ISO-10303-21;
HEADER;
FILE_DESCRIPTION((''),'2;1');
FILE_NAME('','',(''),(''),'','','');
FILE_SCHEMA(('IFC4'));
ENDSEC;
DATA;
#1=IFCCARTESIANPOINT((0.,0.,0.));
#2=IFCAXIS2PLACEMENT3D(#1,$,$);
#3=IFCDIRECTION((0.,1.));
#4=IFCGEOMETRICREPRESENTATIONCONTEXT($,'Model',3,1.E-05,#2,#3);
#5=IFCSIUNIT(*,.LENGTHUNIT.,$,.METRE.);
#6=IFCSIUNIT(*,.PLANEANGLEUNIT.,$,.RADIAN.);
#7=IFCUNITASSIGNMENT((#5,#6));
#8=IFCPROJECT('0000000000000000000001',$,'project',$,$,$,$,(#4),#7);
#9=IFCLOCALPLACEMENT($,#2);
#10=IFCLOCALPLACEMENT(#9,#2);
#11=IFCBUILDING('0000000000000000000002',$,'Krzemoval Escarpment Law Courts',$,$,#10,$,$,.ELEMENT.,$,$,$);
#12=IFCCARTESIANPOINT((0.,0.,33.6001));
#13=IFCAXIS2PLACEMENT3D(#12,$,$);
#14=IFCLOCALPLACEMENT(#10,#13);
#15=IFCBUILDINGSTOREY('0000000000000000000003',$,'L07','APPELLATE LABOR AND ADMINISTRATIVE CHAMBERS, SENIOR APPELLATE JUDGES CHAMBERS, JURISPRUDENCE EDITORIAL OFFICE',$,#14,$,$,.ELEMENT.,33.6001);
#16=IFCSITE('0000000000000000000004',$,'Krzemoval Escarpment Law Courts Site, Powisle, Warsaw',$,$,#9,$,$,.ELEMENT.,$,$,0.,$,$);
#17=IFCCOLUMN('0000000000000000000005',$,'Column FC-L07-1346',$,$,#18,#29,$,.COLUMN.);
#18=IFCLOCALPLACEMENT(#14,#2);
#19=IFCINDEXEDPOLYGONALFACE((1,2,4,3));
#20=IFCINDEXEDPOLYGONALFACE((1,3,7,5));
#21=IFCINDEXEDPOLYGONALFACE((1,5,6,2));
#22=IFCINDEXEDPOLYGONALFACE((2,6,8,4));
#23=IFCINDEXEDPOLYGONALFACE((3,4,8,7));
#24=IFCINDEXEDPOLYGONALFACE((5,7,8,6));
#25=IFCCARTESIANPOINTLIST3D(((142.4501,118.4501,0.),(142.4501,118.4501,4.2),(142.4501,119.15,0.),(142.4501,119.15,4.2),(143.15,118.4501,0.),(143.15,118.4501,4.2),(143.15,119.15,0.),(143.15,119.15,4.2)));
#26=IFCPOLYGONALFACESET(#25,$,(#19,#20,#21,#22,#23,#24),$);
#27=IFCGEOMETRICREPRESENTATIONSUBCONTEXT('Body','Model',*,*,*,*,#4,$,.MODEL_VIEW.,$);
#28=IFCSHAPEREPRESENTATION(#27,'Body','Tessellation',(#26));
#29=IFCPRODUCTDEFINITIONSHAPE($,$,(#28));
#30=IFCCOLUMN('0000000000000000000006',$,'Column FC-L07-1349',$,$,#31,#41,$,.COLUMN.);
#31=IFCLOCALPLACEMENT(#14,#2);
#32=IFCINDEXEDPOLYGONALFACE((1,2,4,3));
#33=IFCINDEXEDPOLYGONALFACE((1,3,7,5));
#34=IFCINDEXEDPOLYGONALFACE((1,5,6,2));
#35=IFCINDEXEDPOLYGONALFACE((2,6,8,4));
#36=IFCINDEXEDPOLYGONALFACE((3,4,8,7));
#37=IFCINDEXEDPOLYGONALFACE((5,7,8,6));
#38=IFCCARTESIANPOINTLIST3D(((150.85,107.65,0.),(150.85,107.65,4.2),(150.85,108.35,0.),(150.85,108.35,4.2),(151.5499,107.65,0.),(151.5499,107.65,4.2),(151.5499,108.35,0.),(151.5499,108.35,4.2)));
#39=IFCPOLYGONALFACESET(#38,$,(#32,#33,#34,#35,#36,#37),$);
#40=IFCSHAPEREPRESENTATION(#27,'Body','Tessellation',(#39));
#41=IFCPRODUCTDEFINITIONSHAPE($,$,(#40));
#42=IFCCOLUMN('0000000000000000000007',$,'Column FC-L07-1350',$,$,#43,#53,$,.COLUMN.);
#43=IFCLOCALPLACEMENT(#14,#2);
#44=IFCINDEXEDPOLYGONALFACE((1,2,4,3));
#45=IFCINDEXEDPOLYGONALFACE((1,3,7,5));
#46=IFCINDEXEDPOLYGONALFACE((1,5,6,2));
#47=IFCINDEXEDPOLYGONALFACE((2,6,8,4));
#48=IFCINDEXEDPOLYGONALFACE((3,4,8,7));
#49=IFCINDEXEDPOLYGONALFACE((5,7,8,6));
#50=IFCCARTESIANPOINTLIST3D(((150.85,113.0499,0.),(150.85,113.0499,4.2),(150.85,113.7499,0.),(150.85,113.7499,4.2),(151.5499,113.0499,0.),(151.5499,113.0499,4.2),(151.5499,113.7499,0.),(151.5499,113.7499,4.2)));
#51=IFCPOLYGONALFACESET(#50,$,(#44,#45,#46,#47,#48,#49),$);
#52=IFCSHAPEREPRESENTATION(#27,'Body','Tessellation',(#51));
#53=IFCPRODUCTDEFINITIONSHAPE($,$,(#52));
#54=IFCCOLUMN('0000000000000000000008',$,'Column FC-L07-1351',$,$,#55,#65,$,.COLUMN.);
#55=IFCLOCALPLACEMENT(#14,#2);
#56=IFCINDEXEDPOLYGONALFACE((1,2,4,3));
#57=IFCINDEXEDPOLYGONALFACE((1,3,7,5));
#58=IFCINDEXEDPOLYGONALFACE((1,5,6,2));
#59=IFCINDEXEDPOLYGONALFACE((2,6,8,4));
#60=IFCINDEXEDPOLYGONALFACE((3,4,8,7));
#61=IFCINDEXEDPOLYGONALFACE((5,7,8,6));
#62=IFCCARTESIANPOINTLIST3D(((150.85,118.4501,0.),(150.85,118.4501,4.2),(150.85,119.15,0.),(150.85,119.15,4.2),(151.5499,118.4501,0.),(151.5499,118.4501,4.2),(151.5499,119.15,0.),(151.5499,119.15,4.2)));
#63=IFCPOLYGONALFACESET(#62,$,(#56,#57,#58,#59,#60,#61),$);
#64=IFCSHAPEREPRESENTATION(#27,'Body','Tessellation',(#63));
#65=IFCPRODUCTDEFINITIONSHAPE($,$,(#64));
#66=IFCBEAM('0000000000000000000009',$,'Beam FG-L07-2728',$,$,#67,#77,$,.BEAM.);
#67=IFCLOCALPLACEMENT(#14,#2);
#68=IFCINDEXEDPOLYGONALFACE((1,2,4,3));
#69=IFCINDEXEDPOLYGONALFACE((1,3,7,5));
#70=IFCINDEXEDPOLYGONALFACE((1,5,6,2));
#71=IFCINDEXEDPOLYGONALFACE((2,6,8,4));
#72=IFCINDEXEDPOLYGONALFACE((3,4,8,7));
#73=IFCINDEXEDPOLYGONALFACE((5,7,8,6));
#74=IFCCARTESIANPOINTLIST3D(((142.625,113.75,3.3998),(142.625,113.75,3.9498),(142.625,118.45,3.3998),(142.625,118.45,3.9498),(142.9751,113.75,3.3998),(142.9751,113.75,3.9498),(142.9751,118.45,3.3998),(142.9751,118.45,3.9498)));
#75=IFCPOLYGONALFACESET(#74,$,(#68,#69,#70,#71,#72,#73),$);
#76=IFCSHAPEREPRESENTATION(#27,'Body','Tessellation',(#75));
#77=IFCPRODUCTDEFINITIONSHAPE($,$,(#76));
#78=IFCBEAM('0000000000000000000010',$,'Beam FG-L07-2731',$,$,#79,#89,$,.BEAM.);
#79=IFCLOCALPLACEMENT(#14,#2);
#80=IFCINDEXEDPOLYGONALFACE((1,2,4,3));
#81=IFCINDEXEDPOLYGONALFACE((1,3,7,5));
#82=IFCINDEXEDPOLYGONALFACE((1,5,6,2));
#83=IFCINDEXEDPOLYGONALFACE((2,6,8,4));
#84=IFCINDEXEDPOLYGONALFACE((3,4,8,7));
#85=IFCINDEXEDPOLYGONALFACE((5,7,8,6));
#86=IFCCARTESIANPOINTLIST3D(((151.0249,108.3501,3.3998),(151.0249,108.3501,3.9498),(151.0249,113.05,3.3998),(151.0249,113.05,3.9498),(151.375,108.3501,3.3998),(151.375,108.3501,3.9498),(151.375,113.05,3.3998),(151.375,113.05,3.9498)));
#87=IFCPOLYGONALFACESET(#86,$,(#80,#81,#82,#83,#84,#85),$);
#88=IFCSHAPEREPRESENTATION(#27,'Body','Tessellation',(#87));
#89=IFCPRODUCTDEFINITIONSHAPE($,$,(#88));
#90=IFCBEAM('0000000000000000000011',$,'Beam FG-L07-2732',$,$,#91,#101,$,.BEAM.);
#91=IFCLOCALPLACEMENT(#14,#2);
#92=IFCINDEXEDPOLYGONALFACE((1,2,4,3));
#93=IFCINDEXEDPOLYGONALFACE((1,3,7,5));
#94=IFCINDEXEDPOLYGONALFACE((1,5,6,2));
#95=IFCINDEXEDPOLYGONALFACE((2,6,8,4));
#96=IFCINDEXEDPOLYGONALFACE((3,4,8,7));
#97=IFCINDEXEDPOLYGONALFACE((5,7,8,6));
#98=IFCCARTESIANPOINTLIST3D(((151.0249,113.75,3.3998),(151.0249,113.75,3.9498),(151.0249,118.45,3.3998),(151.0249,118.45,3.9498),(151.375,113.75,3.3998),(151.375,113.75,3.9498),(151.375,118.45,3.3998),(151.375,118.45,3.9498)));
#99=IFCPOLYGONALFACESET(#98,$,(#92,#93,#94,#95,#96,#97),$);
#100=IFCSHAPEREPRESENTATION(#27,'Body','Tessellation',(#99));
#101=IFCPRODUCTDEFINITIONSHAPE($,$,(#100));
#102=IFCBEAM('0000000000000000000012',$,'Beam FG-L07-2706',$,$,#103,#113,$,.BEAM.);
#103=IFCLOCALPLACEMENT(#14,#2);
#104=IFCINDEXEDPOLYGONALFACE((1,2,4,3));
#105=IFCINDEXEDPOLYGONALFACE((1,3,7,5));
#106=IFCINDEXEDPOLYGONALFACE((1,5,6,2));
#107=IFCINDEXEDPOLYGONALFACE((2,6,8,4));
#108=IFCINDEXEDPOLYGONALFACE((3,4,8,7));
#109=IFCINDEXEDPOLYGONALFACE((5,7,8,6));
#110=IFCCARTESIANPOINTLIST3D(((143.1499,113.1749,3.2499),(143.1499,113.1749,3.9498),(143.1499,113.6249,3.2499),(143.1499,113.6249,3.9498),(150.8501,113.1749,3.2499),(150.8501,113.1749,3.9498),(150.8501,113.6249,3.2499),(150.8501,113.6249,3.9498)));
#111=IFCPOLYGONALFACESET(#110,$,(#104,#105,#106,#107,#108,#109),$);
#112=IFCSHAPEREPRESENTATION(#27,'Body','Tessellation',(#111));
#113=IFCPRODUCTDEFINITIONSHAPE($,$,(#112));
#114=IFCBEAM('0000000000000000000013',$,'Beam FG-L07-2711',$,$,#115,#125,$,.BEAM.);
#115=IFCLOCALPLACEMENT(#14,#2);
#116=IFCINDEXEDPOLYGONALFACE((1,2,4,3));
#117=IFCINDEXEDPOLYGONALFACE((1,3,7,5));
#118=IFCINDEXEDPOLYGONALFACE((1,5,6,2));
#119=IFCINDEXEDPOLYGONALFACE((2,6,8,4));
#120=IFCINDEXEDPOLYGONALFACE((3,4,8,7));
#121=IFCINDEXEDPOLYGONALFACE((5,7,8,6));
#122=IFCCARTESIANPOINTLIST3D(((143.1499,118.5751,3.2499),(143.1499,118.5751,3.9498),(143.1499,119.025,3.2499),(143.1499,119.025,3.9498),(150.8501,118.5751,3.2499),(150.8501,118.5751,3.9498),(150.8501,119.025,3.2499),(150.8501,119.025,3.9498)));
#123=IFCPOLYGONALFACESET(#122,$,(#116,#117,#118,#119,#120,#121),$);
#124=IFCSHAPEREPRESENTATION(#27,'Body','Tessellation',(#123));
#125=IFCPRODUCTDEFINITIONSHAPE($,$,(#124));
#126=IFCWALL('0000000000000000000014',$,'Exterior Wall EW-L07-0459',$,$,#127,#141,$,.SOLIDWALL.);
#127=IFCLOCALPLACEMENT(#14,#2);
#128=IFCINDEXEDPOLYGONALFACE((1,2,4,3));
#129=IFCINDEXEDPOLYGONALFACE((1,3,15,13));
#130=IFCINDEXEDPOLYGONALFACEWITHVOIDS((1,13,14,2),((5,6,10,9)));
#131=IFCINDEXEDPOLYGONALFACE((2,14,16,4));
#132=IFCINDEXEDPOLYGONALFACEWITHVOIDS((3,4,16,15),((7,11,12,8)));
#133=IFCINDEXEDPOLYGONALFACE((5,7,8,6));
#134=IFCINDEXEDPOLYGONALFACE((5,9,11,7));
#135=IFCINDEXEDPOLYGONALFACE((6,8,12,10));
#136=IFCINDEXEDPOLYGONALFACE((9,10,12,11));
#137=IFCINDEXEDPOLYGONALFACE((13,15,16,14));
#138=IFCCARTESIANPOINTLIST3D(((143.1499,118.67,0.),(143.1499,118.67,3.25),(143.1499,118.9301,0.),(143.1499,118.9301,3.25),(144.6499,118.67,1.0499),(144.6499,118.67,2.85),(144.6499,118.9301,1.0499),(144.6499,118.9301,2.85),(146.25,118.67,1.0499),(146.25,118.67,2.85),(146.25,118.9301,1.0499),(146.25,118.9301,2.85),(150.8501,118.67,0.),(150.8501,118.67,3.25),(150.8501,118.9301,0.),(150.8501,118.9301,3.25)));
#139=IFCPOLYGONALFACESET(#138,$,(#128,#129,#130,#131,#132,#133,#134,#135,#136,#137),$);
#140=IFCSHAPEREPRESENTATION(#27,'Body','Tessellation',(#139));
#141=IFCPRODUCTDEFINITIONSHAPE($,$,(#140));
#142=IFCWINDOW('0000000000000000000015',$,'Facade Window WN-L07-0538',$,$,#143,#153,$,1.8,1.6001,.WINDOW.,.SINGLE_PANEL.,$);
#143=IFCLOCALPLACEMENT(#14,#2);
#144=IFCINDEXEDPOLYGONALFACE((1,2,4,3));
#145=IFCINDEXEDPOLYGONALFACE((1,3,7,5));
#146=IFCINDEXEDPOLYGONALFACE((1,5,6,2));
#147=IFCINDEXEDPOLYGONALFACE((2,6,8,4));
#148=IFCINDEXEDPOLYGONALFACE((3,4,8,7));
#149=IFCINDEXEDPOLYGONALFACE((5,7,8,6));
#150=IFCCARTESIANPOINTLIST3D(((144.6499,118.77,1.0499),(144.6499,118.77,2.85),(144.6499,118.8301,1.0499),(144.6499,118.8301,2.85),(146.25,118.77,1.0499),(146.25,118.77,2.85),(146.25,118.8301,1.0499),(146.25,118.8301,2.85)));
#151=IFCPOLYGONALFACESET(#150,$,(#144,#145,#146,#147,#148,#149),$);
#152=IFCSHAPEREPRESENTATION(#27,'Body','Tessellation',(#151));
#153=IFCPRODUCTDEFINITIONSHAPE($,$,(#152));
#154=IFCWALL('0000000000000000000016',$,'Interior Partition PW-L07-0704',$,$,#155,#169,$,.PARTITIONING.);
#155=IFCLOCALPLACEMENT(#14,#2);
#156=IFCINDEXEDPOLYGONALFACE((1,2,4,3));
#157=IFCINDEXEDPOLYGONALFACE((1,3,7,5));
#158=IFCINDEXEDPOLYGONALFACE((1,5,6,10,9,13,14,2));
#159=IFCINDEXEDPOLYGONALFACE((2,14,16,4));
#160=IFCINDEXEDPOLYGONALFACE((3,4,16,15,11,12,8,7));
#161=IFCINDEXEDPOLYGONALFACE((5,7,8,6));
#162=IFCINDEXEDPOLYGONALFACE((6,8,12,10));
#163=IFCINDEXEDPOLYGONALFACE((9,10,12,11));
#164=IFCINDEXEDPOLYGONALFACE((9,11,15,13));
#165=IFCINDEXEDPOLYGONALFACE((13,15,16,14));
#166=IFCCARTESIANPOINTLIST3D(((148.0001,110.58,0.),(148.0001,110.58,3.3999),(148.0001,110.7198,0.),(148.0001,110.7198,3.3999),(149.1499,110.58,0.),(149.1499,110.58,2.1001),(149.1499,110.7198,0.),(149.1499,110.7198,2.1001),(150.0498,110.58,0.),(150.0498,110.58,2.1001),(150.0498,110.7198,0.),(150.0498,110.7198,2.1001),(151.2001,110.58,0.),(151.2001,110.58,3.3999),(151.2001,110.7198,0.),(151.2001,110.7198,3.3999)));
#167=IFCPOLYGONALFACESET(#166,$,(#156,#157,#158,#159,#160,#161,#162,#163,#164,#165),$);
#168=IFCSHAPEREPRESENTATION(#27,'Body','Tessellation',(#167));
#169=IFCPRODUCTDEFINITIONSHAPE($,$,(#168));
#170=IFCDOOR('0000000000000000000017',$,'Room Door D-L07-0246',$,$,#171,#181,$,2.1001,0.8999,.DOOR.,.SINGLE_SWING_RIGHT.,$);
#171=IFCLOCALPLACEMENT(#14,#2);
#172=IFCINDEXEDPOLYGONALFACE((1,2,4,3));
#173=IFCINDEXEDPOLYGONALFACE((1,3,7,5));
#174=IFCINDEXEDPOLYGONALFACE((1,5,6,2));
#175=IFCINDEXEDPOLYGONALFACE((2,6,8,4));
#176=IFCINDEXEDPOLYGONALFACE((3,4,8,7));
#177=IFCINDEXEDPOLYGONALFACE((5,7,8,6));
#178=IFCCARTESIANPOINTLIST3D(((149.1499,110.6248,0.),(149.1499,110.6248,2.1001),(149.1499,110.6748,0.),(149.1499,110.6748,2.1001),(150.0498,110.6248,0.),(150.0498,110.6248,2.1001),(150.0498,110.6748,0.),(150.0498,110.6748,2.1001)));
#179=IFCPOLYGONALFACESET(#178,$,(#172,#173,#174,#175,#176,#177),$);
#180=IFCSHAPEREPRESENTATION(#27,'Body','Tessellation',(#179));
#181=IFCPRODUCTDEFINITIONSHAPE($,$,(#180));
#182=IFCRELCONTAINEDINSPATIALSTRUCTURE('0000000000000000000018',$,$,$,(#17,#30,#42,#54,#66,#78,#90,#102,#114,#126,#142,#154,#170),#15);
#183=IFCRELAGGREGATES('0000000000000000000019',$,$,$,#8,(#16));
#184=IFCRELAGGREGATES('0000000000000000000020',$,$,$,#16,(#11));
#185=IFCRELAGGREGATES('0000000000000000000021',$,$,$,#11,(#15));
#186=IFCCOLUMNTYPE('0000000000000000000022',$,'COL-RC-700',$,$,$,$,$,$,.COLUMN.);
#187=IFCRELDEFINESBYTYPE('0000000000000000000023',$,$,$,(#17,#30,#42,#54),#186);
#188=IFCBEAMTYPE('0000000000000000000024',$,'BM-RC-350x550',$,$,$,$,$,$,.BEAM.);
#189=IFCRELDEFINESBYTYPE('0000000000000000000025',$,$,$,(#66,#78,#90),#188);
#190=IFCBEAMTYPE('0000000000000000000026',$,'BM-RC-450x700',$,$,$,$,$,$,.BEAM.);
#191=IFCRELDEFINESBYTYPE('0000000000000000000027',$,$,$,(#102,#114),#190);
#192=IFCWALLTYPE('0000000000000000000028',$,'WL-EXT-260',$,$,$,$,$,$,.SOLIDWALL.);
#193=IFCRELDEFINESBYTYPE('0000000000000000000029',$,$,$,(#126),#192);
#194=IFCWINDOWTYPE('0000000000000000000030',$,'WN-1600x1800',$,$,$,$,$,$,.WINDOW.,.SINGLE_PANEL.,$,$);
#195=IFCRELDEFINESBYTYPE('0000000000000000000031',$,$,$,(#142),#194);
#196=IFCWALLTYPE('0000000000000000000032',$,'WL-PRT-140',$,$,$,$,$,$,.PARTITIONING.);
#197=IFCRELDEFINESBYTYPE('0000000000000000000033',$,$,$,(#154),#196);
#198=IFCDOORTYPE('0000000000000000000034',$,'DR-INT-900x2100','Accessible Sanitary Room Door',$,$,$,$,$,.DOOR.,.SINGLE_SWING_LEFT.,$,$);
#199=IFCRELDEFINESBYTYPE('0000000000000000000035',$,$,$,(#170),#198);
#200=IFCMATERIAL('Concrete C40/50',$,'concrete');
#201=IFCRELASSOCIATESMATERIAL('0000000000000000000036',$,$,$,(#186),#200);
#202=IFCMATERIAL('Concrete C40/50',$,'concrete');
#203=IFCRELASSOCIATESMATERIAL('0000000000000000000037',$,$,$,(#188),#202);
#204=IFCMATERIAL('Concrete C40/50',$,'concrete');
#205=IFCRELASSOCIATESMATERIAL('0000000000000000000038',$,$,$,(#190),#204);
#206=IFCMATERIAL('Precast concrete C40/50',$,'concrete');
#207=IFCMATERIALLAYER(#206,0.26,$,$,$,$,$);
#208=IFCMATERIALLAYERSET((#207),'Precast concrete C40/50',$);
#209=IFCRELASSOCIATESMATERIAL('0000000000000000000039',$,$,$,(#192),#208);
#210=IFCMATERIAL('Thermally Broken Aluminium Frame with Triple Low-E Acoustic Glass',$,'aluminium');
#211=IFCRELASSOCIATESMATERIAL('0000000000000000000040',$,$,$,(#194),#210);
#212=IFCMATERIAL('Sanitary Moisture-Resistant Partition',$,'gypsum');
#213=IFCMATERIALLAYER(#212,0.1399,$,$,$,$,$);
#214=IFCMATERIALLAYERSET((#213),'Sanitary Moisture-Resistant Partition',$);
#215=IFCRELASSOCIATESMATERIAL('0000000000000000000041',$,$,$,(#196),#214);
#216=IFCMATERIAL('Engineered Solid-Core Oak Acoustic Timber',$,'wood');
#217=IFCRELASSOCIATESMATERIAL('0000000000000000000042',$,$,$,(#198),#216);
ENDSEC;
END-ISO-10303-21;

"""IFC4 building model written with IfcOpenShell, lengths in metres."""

from ifc_helpers import new_model, si_unit, direction, frame, frame_2d, origin, origin_2d, place, context, subcontext, project, spatial, rectangle, extrude, material, layer, layer_set, material_profile, profile_set, type_object, element, fill, save


model = new_model("IFC4")

# Units and contexts
model_context = context("Model", 3, precision=1e-05, world=origin(), true_north=direction((0.0, 1.0)))
body_context = subcontext(model_context, "Body", "Model", "MODEL_VIEW")
ifc_project = project(units=[si_unit("LENGTHUNIT", "METRE"), si_unit("PLANEANGLEUNIT", "RADIAN")], contexts=[model_context])

# Site, building, storey
site_placement = place(None, origin())
site = spatial("IfcSite", under=ifc_project, at=site_placement, Name="Krzemoval Escarpment Law Courts Site, Powisle, Warsaw", CompositionType="ELEMENT", RefElevation=0.0)
building_placement = place(site_placement, origin())
building = spatial("IfcBuilding", under=site, at=building_placement, Name="Krzemoval Escarpment Law Courts", CompositionType="ELEMENT")
storey_placement = place(building_placement, frame((0.0, 0.0, 33.6001)))
storey = spatial("IfcBuildingStorey", under=building, at=storey_placement, Name="L07", Description="APPELLATE LABOR AND ADMINISTRATIVE CHAMBERS, SENIOR APPELLATE JUDGES CHAMBERS, JURISPRUDENCE EDITORIAL OFFICE", CompositionType="ELEMENT", Elevation=33.6001)

# Columns
ifc_material_1 = material(Name="Concrete C40/50", Category="concrete")
ifc_material_profile_1 = material_profile(ifc_material_1, rectangle(XDim=0.7, YDim=0.7, at=origin_2d()), Name="RC 700x700")
ifc_profile_set_1 = profile_set([ifc_material_profile_1], Name="Concrete C40/50")
column_type = type_object("IfcColumnType", Name="COL-RC-700", PredefinedType="COLUMN", material=ifc_profile_set_1)
for number, where, z_axis, x_axis, name in (
    (1, (142.8, 118.8, 0.0), (0.0, 0.0, 1.0), (1.0, 0.0, 0.0), "Column FC-L07-1346"),
    (2, (151.2, 108.0, 0.0), (0.0, 0.0, 1.0), (1.0, 0.0, 0.0), "Column FC-L07-1349"),
    (3, (151.2, 113.3999, 0.0), (0.0, 0.0, 1.0), (1.0, 0.0, 0.0), "Column FC-L07-1350"),
    (4, (151.2, 118.8, 0.0), (0.0, 0.0, 1.0), (1.0, 0.0, 0.0), "Column FC-L07-1351"),
):
    element("IfcColumn", number, at=place(storey_placement, frame(where, z_axis=z_axis, x_axis=x_axis)), inside=storey, type_object=column_type, Name=name, PredefinedType="COLUMN", context=body_context, shape_type="SweptSolid", body=[
        extrude(rectangle(XDim=0.7, YDim=0.7, at=origin_2d()), origin(), (0.0, 0.0, 1.0), 4.2),
    ])

# Beams
ifc_material_2 = material(Name="Concrete C40/50", Category="concrete")
ifc_material_profile_2 = material_profile(ifc_material_2, rectangle(XDim=0.3501, YDim=0.55, at=origin_2d()), Name="RCB 350x550")
ifc_profile_set_2 = profile_set([ifc_material_profile_2], Name="Concrete C40/50")
beam_type_1 = type_object("IfcBeamType", Name="BM-RC-350x550", PredefinedType="BEAM", material=ifc_profile_set_2)
for number, where, z_axis, x_axis, name in (
    (5, (142.8, 113.75, 3.6748), (0.0, 1.0, 0.0), (-1.0, 0.0, 0.0), "Beam FG-L07-2728"),
    (6, (151.2, 108.3501, 3.6748), (0.0, 1.0, 0.0), (-1.0, 0.0, 0.0), "Beam FG-L07-2731"),
    (7, (151.2, 113.75, 3.6748), (0.0, 1.0, 0.0), (-1.0, 0.0, 0.0), "Beam FG-L07-2732"),
):
    element("IfcBeam", number, at=place(storey_placement, frame(where, z_axis=z_axis, x_axis=x_axis)), inside=storey, type_object=beam_type_1, Name=name, PredefinedType="BEAM", context=body_context, shape_type="SweptSolid", body=[
        extrude(rectangle(XDim=0.3501, YDim=0.55, at=origin_2d()), origin(), (0.0, 0.0, 1.0), 4.7),
    ])
ifc_material_3 = material(Name="Concrete C40/50", Category="concrete")
ifc_material_profile_3 = material_profile(ifc_material_3, rectangle(XDim=0.45, YDim=0.7, at=origin_2d()), Name="RCB 450x700")
ifc_profile_set_3 = profile_set([ifc_material_profile_3], Name="Concrete C40/50")
beam_type_2 = type_object("IfcBeamType", Name="BM-RC-450x700", PredefinedType="BEAM", material=ifc_profile_set_3)
for number, where, z_axis, x_axis, name in (
    (8, (143.1499, 113.3999, 3.5999), (1.0, 0.0, 0.0), (0.0, 1.0, 0.0), "Beam FG-L07-2706"),
    (9, (143.1499, 118.8, 3.5999), (1.0, 0.0, 0.0), (0.0, 1.0, 0.0), "Beam FG-L07-2711"),
):
    element("IfcBeam", number, at=place(storey_placement, frame(where, z_axis=z_axis, x_axis=x_axis)), inside=storey, type_object=beam_type_2, Name=name, PredefinedType="BEAM", context=body_context, shape_type="SweptSolid", body=[
        extrude(rectangle(XDim=0.45, YDim=0.7, at=origin_2d()), origin(), (0.0, 0.0, 1.0), 7.7002),
    ])

# Wall, opening, window
ifc_material_4 = material(Name="Precast concrete C40/50", Category="concrete")
ifc_layer_1 = layer(ifc_material_4, 0.26)
ifc_layer_set_1 = layer_set([ifc_layer_1], Name="Precast concrete C40/50")
wall_type_1 = type_object("IfcWallType", Name="WL-EXT-260", PredefinedType="SOLIDWALL", material=ifc_layer_set_1)
wall_1_placement = place(storey_placement, frame((143.1499, 118.8, 0.0), z_axis=(0.0, 0.0, 1.0), x_axis=(1.0, 0.0, 0.0)))
wall_1 = element("IfcWall", 10, at=wall_1_placement, inside=storey, type_object=wall_type_1, Name="Exterior Wall EW-L07-0459", PredefinedType="SOLIDWALL", context=body_context, shape_type="SweptSolid", body=[
    extrude(rectangle(XDim=7.7002, YDim=0.26, at=frame_2d((3.8501, 0.0))), origin(), (0.0, 0.0, 1.0), 3.25),
])
opening_1_placement = place(wall_1_placement, frame((1.5, 0.0, 1.05)))
opening_1 = element("IfcOpeningElement", 11, at=opening_1_placement, cuts=wall_1, PredefinedType="OPENING", context=body_context, shape_type="SweptSolid", body=[
    extrude(rectangle(XDim=1.6001, YDim=1.8, at=frame_2d((0.8, 0.8999))), frame((0.0, 0.145, 0.0), z_axis=(0.0, -1.0, 0.0), x_axis=(1.0, 0.0, 0.0)), (0.0, 0.0, 1.0), 0.29),
])
ifc_material_5 = material(Name="Thermally Broken Aluminium Frame with Triple Low-E Acoustic Glass", Category="aluminium")
window_type = type_object("IfcWindowType", Name="WN-1600x1800", PartitioningType="SINGLE_PANEL", PredefinedType="WINDOW", material=ifc_material_5)
window_placement = place(opening_1_placement, origin())
window = element("IfcWindow", 12, at=window_placement, inside=storey, type_object=window_type, Name="Facade Window WN-L07-0538", OverallHeight=1.8, OverallWidth=1.6001, PartitioningType="SINGLE_PANEL", PredefinedType="WINDOW", context=body_context, shape_type="SweptSolid", body=[
    extrude(rectangle(XDim=1.6001, YDim=1.8, at=frame_2d((0.8, 0.8999))), frame((0.0, 0.03, 0.0), z_axis=(0.0, -1.0, 0.0), x_axis=(1.0, 0.0, 0.0)), (0.0, 0.0, 1.0), 0.0601),
])
fill(opening_1, window)

# Wall, opening, door
ifc_material_6 = material(Name="Sanitary Moisture-Resistant Partition", Category="gypsum")
ifc_layer_2 = layer(ifc_material_6, 0.1399)
ifc_layer_set_2 = layer_set([ifc_layer_2], Name="Sanitary Moisture-Resistant Partition")
wall_type_2 = type_object("IfcWallType", Name="WL-PRT-140", PredefinedType="PARTITIONING", material=ifc_layer_set_2)
wall_2_placement = place(storey_placement, frame((148.0, 110.6499, 0.0), z_axis=(0.0, 0.0, 1.0), x_axis=(1.0, 0.0, 0.0)))
wall_2 = element("IfcWall", 13, at=wall_2_placement, inside=storey, type_object=wall_type_2, Name="Interior Partition PW-L07-0704", PredefinedType="PARTITIONING", context=body_context, shape_type="SweptSolid", body=[
    extrude(rectangle(XDim=3.2, YDim=0.1399, at=frame_2d((1.6001, 0.0))), origin(), (0.0, 0.0, 1.0), 3.3999),
])
opening_2_placement = place(wall_2_placement, frame((1.1499, 0.0, 0.0)))
opening_2 = element("IfcOpeningElement", 14, at=opening_2_placement, cuts=wall_2, PredefinedType="OPENING", context=body_context, shape_type="SweptSolid", body=[
    extrude(rectangle(XDim=0.8999, YDim=2.1001, at=frame_2d((0.45, 1.05))), frame((0.0, 0.0849, 0.0), z_axis=(0.0, -1.0, 0.0), x_axis=(1.0, 0.0, 0.0)), (0.0, 0.0, 1.0), 0.1699),
])
ifc_material_7 = material(Name="Engineered Solid-Core Oak Acoustic Timber", Category="wood")
door_type_1 = type_object("IfcDoorType", Name="DR-INT-900x2100", Description="Accessible Sanitary Room Door", OperationType="SINGLE_SWING_LEFT", PredefinedType="DOOR", material=ifc_material_7)
door_1_placement = place(opening_2_placement, origin())
door_1 = element("IfcDoor", 15, at=door_1_placement, inside=storey, type_object=door_type_1, Name="Room Door D-L07-0246", OperationType="SINGLE_SWING_RIGHT", OverallHeight=2.1001, OverallWidth=0.8999, PredefinedType="DOOR", context=body_context, shape_type="SweptSolid", body=[
    extrude(rectangle(XDim=0.8999, YDim=2.1001, at=frame_2d((0.45, 1.05))), frame((0.0, 0.0249, 0.0), z_axis=(0.0, -1.0, 0.0), x_axis=(1.0, 0.0, 0.0)), (0.0, 0.0, 1.0), 0.05),
])
fill(opening_2, door_1)

save(model, "model.ifc")
